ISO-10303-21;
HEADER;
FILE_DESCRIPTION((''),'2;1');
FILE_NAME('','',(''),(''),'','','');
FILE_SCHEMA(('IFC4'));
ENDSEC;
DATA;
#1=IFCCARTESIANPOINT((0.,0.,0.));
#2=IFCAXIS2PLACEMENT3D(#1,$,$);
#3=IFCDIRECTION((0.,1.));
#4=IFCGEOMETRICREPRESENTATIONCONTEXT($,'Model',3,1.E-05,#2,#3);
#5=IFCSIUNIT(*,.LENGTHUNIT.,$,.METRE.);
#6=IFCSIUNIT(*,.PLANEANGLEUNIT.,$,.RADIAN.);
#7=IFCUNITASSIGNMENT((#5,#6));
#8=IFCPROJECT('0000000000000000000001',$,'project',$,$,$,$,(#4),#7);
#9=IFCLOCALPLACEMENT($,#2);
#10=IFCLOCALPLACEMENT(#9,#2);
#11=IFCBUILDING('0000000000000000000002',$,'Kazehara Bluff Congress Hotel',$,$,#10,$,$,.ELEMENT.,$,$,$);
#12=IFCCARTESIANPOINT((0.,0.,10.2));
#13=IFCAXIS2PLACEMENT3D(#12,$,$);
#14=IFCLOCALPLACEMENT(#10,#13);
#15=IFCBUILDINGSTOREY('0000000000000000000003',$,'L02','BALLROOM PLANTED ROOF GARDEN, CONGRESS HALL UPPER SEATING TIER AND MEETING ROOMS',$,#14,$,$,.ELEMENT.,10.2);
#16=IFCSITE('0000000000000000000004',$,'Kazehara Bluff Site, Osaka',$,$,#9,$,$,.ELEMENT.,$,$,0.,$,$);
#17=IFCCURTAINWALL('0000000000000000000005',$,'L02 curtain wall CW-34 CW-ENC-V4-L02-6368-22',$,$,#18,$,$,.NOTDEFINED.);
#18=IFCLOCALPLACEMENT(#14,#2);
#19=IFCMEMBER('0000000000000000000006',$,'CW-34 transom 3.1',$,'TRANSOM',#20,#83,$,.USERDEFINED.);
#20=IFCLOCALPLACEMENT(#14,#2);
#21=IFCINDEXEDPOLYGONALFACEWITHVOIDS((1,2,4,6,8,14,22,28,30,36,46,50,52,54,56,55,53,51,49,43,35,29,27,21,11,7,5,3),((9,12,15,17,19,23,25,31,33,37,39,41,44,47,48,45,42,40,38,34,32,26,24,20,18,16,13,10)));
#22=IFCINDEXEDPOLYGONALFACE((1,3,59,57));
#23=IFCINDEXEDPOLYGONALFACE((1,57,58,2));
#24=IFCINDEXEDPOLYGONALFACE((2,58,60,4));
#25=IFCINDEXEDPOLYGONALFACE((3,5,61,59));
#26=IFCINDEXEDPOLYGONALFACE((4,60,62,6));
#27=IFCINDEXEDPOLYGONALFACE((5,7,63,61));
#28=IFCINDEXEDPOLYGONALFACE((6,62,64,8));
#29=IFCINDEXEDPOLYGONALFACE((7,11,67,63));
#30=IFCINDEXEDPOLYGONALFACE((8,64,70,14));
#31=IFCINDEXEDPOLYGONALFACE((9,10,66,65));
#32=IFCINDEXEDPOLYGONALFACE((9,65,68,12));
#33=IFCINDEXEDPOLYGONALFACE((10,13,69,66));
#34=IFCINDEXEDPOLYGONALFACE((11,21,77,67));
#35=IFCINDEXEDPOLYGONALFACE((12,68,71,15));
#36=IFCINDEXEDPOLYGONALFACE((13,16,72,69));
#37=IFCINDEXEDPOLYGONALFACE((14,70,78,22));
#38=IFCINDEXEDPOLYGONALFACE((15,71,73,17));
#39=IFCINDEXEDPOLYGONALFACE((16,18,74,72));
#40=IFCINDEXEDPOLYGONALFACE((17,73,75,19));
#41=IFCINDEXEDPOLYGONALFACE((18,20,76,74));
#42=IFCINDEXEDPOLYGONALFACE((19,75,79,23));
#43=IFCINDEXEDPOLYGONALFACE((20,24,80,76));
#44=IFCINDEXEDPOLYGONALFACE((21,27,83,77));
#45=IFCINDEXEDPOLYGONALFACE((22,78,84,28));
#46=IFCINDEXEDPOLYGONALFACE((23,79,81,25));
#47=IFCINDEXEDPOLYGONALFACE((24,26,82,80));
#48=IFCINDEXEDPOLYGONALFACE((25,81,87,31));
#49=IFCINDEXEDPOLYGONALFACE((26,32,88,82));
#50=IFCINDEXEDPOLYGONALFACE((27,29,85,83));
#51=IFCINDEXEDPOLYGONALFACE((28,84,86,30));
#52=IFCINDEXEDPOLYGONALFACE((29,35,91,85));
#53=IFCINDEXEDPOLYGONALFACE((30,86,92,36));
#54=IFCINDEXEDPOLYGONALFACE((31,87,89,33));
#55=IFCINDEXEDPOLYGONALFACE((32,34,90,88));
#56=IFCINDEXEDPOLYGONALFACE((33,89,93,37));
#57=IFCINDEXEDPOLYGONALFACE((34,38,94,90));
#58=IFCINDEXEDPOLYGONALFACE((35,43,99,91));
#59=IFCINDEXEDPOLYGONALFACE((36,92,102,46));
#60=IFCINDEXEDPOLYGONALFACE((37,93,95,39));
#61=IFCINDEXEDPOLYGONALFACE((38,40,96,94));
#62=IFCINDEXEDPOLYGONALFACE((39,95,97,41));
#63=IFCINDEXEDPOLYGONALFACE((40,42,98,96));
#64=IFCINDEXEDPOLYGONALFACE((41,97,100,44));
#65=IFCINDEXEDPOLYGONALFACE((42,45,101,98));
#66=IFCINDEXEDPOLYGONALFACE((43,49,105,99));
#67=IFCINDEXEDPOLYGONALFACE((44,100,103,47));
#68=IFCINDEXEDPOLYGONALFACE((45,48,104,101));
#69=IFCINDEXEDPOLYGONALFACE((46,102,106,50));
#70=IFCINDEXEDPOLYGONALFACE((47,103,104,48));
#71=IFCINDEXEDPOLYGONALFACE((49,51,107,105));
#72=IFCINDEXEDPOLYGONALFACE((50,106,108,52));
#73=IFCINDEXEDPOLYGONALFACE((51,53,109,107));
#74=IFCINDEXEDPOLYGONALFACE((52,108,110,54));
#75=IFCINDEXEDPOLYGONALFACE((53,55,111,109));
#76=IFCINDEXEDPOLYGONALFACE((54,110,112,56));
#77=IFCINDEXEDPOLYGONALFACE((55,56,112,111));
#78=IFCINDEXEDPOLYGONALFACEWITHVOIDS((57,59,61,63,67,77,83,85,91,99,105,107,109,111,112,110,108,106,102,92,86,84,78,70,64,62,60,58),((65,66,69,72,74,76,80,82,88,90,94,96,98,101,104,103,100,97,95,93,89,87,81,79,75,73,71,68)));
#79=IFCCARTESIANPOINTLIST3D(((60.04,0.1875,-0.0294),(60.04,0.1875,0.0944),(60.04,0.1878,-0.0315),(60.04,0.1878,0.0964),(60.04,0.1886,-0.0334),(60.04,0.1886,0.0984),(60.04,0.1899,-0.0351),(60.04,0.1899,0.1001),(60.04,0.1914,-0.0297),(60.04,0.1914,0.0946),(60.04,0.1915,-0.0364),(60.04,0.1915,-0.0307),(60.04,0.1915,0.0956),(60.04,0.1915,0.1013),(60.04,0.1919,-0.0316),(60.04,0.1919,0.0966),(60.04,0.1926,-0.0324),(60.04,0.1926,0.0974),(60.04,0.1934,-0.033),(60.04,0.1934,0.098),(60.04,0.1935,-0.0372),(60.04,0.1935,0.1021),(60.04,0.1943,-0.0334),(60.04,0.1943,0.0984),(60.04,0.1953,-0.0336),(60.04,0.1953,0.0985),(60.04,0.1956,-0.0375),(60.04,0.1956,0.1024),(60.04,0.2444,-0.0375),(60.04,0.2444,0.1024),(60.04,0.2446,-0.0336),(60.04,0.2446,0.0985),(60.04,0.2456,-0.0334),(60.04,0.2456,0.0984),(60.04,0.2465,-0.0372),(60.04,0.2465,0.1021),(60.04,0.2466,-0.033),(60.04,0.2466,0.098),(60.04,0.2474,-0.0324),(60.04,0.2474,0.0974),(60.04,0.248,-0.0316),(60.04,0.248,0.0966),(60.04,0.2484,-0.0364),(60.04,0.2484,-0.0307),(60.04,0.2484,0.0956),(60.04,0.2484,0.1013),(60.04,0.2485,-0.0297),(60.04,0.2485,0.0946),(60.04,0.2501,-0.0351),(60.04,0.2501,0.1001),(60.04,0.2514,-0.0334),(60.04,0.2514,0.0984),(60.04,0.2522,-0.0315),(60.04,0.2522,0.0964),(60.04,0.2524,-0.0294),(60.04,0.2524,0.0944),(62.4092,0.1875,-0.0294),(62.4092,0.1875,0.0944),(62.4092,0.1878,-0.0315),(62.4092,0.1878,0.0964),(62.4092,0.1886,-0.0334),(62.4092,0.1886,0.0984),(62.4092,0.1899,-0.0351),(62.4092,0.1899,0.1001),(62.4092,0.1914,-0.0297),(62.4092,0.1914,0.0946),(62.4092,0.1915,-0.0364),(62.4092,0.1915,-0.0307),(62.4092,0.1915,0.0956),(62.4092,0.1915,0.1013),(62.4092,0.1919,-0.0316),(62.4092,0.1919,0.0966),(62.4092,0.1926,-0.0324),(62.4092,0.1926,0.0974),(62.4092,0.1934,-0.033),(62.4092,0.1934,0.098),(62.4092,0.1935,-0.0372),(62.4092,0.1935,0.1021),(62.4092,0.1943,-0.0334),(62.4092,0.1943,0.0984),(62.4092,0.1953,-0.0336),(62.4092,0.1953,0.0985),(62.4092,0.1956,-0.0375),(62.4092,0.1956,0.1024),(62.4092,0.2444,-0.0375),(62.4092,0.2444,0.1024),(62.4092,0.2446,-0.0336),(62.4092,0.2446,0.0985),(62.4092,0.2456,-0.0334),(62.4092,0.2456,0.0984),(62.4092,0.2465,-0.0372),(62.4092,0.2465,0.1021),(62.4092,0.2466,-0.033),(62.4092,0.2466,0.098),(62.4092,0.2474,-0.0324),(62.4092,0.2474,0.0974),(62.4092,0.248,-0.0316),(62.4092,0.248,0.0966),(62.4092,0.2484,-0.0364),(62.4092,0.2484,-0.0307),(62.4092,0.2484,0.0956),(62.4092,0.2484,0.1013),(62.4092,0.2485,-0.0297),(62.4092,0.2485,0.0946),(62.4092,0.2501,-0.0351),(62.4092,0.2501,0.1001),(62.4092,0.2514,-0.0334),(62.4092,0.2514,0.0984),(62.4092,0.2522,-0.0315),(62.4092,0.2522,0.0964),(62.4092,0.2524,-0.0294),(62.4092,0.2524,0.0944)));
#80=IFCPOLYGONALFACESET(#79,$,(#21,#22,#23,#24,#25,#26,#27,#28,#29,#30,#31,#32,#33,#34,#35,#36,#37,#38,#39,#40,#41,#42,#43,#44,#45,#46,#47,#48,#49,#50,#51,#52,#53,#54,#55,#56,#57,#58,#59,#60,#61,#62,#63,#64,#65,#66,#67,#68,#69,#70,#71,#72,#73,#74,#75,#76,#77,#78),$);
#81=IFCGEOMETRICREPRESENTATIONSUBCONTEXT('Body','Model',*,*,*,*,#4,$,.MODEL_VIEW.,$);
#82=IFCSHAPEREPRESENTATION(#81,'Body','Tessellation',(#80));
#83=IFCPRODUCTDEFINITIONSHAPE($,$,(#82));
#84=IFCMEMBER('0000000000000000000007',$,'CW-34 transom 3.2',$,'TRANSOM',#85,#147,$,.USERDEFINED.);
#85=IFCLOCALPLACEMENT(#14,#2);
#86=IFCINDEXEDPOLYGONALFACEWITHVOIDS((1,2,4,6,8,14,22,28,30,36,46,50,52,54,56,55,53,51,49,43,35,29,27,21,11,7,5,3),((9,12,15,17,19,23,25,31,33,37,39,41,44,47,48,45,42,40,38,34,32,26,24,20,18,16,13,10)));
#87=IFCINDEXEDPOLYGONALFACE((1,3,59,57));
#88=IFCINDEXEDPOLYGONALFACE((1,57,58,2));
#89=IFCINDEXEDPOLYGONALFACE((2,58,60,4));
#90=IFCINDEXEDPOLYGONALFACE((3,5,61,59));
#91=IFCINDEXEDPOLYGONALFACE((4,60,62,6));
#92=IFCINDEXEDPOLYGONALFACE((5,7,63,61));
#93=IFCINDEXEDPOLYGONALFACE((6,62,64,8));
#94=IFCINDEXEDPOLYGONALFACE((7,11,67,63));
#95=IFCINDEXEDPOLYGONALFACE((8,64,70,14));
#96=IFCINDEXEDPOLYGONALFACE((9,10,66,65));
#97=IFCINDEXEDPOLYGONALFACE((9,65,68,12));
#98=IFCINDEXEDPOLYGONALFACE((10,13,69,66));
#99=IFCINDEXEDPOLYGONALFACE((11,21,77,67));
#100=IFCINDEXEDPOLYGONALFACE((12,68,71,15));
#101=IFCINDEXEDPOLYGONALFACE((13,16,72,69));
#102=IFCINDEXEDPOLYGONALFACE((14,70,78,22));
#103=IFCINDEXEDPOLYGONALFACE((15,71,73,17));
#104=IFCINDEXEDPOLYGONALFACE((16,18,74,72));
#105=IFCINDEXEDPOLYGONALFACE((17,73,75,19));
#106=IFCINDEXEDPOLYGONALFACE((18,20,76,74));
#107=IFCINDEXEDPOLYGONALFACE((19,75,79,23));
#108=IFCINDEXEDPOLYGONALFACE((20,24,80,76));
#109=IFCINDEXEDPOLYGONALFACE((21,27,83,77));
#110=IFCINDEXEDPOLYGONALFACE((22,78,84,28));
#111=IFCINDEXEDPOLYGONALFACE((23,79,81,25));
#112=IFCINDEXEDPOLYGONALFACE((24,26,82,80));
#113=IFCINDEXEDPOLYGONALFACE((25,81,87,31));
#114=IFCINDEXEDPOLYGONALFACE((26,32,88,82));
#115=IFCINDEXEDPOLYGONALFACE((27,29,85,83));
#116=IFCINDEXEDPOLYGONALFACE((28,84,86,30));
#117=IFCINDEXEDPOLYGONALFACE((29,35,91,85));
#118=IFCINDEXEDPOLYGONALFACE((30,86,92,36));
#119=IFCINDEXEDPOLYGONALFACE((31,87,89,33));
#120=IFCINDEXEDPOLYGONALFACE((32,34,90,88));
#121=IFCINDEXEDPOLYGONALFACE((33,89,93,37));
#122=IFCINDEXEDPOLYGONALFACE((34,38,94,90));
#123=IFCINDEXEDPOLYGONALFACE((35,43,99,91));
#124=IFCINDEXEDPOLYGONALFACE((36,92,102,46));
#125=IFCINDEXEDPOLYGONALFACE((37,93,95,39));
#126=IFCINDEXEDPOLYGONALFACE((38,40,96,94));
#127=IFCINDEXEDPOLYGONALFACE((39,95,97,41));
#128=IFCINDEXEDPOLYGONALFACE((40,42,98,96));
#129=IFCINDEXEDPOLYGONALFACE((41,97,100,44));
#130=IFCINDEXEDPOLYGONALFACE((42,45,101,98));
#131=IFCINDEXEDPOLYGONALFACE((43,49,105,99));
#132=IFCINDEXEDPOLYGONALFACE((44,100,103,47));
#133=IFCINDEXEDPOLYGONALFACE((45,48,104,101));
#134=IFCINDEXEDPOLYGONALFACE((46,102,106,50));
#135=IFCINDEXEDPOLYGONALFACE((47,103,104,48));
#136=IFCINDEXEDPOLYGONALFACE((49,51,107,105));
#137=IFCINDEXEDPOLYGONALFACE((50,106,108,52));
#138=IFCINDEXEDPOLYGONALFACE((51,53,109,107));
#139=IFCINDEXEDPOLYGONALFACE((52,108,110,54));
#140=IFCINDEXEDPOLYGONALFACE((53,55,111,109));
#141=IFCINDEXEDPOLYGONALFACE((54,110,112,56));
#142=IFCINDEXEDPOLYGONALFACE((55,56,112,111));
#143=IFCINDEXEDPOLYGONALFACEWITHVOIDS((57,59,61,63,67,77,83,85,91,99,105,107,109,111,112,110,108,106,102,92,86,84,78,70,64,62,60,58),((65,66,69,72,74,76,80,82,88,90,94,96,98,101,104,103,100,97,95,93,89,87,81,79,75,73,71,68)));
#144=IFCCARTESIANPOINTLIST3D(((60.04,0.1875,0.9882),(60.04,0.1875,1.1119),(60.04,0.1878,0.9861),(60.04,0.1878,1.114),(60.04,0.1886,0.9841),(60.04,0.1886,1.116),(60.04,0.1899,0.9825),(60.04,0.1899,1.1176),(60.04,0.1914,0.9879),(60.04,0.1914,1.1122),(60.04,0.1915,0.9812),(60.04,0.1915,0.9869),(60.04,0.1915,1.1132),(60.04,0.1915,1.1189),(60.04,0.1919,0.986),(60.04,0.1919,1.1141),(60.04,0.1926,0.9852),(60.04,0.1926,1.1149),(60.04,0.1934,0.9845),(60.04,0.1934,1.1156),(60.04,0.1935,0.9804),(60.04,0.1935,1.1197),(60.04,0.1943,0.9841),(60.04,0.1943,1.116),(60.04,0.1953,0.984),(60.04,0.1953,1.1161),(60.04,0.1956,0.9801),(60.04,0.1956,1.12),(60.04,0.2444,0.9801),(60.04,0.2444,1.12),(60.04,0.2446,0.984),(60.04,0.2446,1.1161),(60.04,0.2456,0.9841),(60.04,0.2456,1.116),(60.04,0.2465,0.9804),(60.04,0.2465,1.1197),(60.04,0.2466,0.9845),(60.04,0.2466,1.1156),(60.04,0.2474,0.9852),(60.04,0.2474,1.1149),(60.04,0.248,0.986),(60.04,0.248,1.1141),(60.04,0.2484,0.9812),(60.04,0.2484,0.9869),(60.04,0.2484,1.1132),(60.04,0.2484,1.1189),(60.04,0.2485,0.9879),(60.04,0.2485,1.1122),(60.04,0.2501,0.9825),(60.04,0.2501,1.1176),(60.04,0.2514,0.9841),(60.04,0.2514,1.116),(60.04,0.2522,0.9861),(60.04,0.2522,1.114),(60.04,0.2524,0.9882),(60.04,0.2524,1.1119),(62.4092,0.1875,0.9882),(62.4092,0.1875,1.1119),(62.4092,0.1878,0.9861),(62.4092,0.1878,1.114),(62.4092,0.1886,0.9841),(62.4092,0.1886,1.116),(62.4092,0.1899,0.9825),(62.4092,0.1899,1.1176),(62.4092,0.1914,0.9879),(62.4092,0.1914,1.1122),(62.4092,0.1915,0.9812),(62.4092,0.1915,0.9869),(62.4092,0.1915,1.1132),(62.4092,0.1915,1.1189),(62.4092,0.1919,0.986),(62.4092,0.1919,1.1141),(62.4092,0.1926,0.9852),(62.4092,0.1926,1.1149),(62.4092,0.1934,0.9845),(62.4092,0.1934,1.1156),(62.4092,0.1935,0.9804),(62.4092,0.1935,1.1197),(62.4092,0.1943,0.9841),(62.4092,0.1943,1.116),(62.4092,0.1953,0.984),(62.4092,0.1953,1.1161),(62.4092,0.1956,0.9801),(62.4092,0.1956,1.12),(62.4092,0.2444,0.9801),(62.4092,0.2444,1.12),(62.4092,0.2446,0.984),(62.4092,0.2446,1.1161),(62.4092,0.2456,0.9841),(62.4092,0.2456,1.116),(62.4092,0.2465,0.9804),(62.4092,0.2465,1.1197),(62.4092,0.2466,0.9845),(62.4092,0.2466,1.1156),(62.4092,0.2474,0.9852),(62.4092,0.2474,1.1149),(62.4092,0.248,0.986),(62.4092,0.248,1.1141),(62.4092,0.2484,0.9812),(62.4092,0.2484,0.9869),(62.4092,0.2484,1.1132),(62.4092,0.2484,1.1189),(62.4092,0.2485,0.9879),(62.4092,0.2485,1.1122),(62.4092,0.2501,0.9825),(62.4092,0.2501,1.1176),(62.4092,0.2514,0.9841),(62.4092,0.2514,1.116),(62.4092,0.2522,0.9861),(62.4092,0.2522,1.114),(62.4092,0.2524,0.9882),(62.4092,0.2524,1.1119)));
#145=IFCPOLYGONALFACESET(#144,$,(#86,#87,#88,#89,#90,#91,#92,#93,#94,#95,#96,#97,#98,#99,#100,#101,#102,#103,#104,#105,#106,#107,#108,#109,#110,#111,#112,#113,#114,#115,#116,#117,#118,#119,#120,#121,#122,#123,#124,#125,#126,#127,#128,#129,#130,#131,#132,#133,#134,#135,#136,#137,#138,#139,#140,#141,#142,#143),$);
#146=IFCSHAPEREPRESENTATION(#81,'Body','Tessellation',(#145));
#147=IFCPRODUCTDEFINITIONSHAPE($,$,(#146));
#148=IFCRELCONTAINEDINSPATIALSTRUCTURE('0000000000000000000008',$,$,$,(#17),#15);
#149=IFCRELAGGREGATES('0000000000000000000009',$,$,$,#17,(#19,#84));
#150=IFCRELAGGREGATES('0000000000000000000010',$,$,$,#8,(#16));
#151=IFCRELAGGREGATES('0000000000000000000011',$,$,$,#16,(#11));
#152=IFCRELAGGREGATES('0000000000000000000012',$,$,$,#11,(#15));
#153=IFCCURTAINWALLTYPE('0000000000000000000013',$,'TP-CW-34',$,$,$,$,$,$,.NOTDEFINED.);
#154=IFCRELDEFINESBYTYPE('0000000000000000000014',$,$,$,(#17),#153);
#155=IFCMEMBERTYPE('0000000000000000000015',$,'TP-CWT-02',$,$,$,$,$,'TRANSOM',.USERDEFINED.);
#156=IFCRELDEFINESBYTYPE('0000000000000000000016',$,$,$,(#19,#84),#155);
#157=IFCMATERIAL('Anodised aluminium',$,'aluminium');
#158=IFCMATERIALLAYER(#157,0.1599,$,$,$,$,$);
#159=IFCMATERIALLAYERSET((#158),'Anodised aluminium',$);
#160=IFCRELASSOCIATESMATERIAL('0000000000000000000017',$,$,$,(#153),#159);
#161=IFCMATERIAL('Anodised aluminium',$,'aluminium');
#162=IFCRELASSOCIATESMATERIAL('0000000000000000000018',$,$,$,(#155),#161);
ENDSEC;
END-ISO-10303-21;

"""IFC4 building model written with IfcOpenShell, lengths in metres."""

from ifc_helpers import new_model, si_unit, direction, frame, origin, origin_2d, place, context, subcontext, project, spatial, hollow_rectangle, extrude, material, layer, layer_set, material_profile, profile_set, type_object, element, aggregate, save


model = new_model("IFC4")

# Units and contexts
model_context = context("Model", 3, precision=1e-05, world=origin(), true_north=direction((0.0, 1.0)))
body_context = subcontext(model_context, "Body", "Model", "MODEL_VIEW")
ifc_project = project(units=[si_unit("LENGTHUNIT", "METRE"), si_unit("PLANEANGLEUNIT", "RADIAN")], contexts=[model_context])

# Site, building, storey
site_placement = place(None, origin())
site = spatial("IfcSite", under=ifc_project, at=site_placement, Name="Kazehara Bluff Site, Osaka", CompositionType="ELEMENT", RefElevation=0.0)
building_placement = place(site_placement, origin())
building = spatial("IfcBuilding", under=site, at=building_placement, Name="Kazehara Bluff Congress Hotel", CompositionType="ELEMENT")
storey_placement = place(building_placement, frame((0.0, 0.0, 10.2)))
storey = spatial("IfcBuildingStorey", under=building, at=storey_placement, Name="L02", Description="BALLROOM PLANTED ROOF GARDEN, CONGRESS HALL UPPER SEATING TIER AND MEETING ROOMS", CompositionType="ELEMENT", Elevation=10.2)

# Curtain wall, members
ifc_material_1 = material(Name="Anodised aluminium", Category="aluminium")
ifc_layer_1 = layer(ifc_material_1, 0.1599)
ifc_layer_set_1 = layer_set([ifc_layer_1], Name="Anodised aluminium")
curtain_wall_type_1 = type_object("IfcCurtainWallType", Name="TP-CW-34", PredefinedType="NOTDEFINED", material=ifc_layer_set_1)
curtain_wall_1_placement = place(storey_placement, origin())
curtain_wall_1 = element("IfcCurtainWall", 1, at=curtain_wall_1_placement, inside=storey, type_object=curtain_wall_type_1, Name="L02 curtain wall CW-34 CW-ENC-V4-L02-6368-22", PredefinedType="NOTDEFINED")
ifc_material_2 = material(Name="Anodised aluminium", Category="aluminium")
ifc_material_profile_1 = material_profile(ifc_material_2, hollow_rectangle(XDim=0.0649, YDim=0.1399, WallThickness=0.0039, InnerFilletRadius=0.0039, OuterFilletRadius=0.0081, at=origin_2d()))
ifc_profile_set_1 = profile_set([ifc_material_profile_1], Name="Anodised aluminium")
member_type_1 = type_object("IfcMemberType", Name="TP-CWT-02", ElementType="TRANSOM", PredefinedType="USERDEFINED", material=ifc_profile_set_1)
member_1_placement = place(storey_placement, frame((62.4092, 0.22, 0.0325), z_axis=(-1.0, 0.0, 0.0), x_axis=(0.0, -1.0, 0.0)))
member_1 = element("IfcMember", 2, at=member_1_placement, type_object=member_type_1, Name="CW-34 transom 3.1", ObjectType="TRANSOM", PredefinedType="USERDEFINED", context=body_context, shape_type="SweptSolid", body=[
    extrude(hollow_rectangle(XDim=0.0649, YDim=0.1399, WallThickness=0.0039, InnerFilletRadius=0.0039, OuterFilletRadius=0.0081, at=origin_2d()), origin(), (0.0, 0.0, 1.0), 2.3691),
])
member_2_placement = place(storey_placement, frame((62.4092, 0.22, 1.05), z_axis=(-1.0, 0.0, 0.0), x_axis=(0.0, -1.0, 0.0)))
member_2 = element("IfcMember", 3, at=member_2_placement, type_object=member_type_1, Name="CW-34 transom 3.2", ObjectType="TRANSOM", PredefinedType="USERDEFINED", context=body_context, shape_type="SweptSolid", body=[
    extrude(hollow_rectangle(XDim=0.0649, YDim=0.1399, WallThickness=0.0039, InnerFilletRadius=0.0039, OuterFilletRadius=0.0081, at=origin_2d()), origin(), (0.0, 0.0, 1.0), 2.3691),
])

aggregate(curtain_wall_1, [member_1, member_2])

save(model, "model.ifc")
